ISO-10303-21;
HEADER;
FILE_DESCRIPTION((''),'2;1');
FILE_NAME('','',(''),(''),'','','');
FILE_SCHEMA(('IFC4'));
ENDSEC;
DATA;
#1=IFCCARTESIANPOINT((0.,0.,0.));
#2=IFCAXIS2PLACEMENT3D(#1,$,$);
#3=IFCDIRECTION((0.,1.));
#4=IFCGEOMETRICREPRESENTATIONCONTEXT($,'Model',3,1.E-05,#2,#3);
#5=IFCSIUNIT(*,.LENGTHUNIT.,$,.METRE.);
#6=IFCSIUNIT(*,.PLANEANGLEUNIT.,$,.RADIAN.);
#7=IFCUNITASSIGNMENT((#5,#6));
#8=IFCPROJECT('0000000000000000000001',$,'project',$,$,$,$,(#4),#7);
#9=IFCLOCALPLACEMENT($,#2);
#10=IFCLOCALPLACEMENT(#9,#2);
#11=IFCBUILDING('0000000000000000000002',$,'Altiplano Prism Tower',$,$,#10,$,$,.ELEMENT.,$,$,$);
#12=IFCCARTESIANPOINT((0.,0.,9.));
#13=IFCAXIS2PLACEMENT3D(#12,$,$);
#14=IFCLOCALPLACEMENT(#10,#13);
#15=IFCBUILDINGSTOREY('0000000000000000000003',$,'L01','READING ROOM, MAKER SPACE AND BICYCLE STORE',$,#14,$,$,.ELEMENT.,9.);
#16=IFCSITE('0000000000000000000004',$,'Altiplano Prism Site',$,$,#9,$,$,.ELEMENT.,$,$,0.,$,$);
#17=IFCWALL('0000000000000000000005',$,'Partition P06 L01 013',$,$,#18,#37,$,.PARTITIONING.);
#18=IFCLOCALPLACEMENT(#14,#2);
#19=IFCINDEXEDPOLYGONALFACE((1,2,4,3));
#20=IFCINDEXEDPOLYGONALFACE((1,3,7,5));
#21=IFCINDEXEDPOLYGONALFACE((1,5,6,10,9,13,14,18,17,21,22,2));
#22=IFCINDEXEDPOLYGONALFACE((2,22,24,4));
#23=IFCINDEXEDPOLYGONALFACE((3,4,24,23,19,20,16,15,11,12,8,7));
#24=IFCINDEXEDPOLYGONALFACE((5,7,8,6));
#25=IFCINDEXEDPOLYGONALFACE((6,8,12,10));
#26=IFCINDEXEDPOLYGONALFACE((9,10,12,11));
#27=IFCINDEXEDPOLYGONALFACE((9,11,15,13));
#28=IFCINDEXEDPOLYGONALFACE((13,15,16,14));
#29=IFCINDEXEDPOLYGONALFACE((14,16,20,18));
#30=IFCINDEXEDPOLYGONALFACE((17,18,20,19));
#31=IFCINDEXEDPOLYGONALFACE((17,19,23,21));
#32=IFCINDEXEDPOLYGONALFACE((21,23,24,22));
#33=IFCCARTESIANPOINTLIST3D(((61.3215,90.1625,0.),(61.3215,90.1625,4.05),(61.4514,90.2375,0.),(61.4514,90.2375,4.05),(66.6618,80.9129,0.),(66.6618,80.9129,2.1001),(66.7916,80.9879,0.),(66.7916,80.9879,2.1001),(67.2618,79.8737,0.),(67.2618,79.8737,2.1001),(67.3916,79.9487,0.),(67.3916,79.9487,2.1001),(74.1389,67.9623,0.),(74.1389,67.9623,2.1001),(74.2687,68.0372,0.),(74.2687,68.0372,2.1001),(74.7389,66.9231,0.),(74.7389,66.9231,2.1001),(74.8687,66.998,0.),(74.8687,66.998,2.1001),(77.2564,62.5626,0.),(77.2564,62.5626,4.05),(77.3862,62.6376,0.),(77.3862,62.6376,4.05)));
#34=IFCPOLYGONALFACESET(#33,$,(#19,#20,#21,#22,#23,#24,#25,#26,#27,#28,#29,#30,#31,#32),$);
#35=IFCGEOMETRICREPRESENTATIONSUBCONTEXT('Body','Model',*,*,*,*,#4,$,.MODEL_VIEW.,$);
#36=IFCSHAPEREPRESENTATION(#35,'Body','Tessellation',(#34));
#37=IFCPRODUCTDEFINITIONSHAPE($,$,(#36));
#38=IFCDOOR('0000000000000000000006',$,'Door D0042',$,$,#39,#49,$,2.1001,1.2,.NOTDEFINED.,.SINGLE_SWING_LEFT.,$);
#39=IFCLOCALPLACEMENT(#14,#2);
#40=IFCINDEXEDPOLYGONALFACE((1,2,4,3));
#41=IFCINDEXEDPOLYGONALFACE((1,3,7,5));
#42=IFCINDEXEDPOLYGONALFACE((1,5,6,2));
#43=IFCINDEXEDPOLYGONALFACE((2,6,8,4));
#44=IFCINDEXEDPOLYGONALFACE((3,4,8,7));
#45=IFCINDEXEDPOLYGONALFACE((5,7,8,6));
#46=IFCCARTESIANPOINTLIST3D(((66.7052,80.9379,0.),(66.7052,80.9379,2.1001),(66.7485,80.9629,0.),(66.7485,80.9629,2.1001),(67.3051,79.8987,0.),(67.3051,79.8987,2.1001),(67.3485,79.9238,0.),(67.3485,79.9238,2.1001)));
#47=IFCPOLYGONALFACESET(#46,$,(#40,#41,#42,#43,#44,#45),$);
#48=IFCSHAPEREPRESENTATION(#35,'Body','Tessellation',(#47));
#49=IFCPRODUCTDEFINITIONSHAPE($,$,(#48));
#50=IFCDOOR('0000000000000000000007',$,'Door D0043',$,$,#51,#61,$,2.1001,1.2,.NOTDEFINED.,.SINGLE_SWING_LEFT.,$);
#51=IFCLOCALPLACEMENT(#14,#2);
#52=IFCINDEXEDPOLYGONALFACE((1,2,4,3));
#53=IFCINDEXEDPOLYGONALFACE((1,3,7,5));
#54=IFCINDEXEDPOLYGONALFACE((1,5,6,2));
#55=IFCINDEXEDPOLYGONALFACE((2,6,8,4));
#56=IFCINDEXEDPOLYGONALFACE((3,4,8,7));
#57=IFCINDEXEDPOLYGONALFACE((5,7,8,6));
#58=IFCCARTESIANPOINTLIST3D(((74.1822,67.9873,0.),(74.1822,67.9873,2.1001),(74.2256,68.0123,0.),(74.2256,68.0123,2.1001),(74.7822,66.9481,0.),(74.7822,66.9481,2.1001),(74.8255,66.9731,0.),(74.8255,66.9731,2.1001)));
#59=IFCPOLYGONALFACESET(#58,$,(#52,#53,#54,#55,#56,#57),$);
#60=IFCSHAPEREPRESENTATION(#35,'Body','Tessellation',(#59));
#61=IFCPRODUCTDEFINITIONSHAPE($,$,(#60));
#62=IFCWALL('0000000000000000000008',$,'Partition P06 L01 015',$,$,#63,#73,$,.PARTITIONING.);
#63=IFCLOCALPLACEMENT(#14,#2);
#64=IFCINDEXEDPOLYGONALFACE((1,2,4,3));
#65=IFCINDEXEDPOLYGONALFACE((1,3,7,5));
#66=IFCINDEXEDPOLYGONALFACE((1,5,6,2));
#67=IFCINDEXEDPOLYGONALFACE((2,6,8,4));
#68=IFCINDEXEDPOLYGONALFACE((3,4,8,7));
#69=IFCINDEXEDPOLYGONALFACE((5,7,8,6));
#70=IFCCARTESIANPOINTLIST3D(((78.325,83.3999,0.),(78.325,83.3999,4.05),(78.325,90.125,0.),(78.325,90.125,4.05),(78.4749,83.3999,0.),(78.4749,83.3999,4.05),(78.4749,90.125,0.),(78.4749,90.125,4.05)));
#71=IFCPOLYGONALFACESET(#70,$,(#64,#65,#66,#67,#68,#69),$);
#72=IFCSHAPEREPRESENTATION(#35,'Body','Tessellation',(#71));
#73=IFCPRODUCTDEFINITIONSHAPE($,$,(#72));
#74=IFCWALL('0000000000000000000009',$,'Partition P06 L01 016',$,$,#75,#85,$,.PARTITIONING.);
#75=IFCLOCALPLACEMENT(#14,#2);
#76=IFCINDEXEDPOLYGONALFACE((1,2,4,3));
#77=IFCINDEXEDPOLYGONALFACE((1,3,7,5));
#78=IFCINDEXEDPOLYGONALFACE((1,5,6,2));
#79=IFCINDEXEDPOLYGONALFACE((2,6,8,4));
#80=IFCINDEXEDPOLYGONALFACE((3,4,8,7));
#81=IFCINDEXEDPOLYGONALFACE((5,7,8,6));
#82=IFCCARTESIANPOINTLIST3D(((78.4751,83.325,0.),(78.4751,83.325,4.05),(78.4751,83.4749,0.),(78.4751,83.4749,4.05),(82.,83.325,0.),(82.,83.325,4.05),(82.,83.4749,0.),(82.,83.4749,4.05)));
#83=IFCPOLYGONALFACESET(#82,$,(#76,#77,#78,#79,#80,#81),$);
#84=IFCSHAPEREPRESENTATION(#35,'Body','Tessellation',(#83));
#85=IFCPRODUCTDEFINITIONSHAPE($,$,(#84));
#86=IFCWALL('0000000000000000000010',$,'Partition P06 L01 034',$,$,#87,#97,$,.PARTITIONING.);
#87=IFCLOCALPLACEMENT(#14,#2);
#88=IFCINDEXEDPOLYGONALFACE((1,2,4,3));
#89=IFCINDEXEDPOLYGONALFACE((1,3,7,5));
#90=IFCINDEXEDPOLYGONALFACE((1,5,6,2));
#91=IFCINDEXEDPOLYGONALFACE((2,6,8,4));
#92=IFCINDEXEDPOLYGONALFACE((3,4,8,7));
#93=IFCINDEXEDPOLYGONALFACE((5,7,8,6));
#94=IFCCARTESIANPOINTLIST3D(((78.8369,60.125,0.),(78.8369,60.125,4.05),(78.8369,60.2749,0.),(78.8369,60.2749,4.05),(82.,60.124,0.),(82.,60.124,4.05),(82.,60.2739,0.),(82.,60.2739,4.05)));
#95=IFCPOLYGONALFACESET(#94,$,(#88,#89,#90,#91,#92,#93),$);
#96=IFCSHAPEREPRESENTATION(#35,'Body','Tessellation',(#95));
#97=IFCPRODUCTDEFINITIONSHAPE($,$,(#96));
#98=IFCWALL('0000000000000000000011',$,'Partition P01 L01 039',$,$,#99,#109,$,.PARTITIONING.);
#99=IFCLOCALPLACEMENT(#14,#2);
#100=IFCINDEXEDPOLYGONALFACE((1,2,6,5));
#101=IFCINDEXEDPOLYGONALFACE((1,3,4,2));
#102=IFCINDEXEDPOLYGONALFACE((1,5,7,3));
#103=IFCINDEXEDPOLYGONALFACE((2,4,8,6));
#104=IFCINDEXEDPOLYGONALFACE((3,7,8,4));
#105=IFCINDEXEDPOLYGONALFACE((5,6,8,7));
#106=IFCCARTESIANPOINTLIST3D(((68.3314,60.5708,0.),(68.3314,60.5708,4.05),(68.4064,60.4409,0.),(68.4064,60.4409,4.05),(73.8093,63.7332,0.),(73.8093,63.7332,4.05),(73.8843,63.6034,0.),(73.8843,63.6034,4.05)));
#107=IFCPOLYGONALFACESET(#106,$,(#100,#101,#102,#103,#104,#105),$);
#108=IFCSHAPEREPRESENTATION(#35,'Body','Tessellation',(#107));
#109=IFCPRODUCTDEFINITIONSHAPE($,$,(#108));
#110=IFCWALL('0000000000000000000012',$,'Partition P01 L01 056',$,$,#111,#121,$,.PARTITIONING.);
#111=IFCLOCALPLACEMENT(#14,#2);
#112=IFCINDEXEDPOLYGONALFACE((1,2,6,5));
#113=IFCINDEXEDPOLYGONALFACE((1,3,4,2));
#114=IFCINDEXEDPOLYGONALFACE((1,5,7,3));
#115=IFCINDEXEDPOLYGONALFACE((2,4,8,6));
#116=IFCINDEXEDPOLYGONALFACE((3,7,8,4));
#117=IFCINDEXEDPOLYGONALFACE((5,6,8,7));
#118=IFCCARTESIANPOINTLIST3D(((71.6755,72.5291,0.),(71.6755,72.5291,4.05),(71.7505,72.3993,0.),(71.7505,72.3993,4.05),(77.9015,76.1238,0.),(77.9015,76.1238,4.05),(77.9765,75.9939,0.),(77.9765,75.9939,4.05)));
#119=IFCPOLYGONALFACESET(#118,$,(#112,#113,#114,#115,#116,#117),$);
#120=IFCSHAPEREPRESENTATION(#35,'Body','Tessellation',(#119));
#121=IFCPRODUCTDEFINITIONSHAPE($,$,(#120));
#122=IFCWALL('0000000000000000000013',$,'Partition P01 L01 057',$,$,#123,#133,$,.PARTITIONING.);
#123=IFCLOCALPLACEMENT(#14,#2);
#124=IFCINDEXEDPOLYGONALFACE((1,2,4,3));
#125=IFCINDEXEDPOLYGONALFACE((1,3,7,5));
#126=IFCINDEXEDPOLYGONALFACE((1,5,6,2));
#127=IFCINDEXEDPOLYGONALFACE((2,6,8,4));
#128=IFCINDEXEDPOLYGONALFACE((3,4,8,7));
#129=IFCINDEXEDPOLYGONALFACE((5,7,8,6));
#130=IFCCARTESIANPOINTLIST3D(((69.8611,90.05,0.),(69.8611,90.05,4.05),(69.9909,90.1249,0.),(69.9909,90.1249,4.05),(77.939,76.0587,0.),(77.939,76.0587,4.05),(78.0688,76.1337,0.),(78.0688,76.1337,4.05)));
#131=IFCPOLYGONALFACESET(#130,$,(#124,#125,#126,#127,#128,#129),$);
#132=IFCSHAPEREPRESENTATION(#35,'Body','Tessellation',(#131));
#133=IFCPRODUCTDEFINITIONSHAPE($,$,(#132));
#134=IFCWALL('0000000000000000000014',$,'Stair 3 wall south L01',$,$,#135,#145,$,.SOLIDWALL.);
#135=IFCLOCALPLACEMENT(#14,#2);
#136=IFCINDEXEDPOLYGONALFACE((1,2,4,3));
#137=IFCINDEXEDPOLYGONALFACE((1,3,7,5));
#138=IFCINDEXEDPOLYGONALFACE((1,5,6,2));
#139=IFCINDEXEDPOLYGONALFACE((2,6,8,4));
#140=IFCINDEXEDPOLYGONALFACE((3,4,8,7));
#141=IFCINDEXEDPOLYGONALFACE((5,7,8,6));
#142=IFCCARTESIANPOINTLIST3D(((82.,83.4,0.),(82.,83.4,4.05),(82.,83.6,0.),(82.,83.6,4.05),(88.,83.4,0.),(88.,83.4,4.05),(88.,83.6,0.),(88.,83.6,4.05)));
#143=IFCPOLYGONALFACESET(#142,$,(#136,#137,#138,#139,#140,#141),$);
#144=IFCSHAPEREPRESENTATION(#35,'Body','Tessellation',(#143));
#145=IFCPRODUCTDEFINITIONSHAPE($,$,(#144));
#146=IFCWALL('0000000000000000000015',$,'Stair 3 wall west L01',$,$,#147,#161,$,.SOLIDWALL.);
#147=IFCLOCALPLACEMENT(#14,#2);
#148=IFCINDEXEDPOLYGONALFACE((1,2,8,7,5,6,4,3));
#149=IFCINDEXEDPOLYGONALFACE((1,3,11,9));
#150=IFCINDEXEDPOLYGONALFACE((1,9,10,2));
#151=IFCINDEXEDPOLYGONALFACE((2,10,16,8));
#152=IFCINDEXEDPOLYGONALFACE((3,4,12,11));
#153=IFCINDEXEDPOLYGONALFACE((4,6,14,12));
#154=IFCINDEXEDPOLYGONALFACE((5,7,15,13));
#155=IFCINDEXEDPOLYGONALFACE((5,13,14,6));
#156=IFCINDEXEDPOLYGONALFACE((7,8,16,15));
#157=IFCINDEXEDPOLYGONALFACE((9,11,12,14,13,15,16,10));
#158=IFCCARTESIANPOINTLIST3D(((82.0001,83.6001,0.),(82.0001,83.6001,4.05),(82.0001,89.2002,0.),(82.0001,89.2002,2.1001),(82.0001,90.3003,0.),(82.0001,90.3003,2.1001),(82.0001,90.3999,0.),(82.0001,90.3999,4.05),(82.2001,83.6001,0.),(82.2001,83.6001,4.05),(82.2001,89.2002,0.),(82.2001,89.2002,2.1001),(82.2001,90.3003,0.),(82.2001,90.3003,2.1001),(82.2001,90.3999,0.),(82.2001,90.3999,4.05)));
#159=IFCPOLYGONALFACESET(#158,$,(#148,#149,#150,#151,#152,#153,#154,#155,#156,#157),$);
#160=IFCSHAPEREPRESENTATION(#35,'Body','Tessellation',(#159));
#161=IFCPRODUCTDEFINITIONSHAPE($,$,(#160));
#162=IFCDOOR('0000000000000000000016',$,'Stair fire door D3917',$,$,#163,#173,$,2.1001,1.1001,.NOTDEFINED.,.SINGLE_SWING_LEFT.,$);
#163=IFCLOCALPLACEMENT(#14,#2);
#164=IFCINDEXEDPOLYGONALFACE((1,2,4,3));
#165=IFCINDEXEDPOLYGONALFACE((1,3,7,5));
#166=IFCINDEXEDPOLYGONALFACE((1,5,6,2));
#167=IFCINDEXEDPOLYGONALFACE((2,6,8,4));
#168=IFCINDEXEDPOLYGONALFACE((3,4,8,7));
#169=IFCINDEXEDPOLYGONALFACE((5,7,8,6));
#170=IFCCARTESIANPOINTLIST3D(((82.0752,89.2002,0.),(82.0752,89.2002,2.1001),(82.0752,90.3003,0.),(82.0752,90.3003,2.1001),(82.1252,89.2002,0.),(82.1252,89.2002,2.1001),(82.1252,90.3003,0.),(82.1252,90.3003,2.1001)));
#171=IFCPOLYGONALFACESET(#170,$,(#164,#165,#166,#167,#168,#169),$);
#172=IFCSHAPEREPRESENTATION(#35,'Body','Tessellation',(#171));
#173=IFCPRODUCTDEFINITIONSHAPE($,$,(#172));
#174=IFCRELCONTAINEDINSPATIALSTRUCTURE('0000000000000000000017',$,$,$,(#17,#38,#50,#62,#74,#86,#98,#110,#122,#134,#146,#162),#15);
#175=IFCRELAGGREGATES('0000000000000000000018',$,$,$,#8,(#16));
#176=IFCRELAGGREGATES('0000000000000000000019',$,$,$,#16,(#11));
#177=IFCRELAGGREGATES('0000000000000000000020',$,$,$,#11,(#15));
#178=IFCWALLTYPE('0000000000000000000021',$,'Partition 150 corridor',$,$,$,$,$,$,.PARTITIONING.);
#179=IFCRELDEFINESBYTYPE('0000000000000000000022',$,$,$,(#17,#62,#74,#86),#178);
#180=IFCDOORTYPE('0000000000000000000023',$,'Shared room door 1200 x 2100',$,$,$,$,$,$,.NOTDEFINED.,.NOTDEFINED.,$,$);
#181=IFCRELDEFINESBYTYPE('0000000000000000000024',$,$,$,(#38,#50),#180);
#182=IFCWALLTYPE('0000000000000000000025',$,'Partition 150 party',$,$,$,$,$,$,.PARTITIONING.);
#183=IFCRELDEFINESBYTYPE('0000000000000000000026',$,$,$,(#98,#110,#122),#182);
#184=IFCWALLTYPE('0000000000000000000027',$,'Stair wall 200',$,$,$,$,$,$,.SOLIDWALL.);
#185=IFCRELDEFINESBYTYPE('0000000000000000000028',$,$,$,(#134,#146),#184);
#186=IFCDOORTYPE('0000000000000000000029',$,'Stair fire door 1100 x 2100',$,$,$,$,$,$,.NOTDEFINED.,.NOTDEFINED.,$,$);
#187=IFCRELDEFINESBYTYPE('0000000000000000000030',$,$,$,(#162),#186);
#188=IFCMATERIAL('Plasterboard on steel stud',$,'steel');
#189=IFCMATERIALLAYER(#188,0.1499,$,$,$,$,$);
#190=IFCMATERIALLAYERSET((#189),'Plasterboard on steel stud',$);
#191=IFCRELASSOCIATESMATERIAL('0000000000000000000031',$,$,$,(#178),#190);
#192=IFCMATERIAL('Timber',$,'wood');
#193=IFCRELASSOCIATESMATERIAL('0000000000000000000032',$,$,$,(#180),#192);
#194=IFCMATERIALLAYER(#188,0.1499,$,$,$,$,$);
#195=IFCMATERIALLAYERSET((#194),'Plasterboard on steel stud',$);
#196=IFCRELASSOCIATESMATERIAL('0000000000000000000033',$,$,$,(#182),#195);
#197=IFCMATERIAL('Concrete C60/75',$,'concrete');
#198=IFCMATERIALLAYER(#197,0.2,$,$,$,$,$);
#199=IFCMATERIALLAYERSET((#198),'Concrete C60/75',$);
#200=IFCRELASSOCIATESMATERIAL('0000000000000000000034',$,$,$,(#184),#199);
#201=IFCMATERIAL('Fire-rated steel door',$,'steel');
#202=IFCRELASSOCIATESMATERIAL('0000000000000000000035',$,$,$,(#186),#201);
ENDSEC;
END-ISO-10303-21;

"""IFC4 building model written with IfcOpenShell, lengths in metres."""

from ifc_helpers import new_model, si_unit, direction, frame, frame_2d, origin, place, context, subcontext, project, spatial, rectangle, extrude, material, layer, layer_set, type_object, element, fill, save


model = new_model("IFC4")

# Units and contexts
model_context = context("Model", 3, precision=1e-05, world=origin(), true_north=direction((0.0, 1.0)))
body_context = subcontext(model_context, "Body", "Model", "MODEL_VIEW")
ifc_project = project(units=[si_unit("LENGTHUNIT", "METRE"), si_unit("PLANEANGLEUNIT", "RADIAN")], contexts=[model_context])

# Site, building, storey
site_placement = place(None, origin())
site = spatial("IfcSite", under=ifc_project, at=site_placement, Name="Altiplano Prism Site", CompositionType="ELEMENT", RefElevation=0.0)
building_placement = place(site_placement, origin())
building = spatial("IfcBuilding", under=site, at=building_placement, Name="Altiplano Prism Tower", CompositionType="ELEMENT")
storey_placement = place(building_placement, frame((0.0, 0.0, 9.0)))
storey = spatial("IfcBuildingStorey", under=building, at=storey_placement, Name="L01", Description="READING ROOM, MAKER SPACE AND BICYCLE STORE", CompositionType="ELEMENT", Elevation=9.0)

# Shared definitions
ifc_material_1 = material(Name="Concrete C60/75", Category="concrete")

# Shared definitions
ifc_material_2 = material(Name="Plasterboard on steel stud", Category="steel")

# Wall, openings, doors
ifc_layer_1 = layer(ifc_material_2, 0.1499)
ifc_layer_set_1 = layer_set([ifc_layer_1], Name="Plasterboard on steel stud")
wall_type_1 = type_object("IfcWallType", Name="Partition 150 corridor", PredefinedType="PARTITIONING", material=ifc_layer_set_1)
wall_1_placement = place(storey_placement, frame((77.3213, 62.6001, 0.0), z_axis=(0.0, 0.0, 1.0), x_axis=(-0.500001, 0.866025, 0.0)))
wall_1 = element("IfcWall", 1, at=wall_1_placement, inside=storey, type_object=wall_type_1, Name="Partition P06 L01 013", PredefinedType="PARTITIONING", context=body_context, shape_type="SweptSolid", body=[
    extrude(rectangle(XDim=31.8696, YDim=0.1499, at=frame_2d((15.9348, 0.0))), origin(), (0.0, 0.0, 1.0), 4.05),
])
opening_1_placement = place(wall_1_placement, frame((19.989, 0.0, 0.0)))
opening_1 = element("IfcOpeningElement", 2, at=opening_1_placement, cuts=wall_1, PredefinedType="OPENING", context=body_context, shape_type="SweptSolid", body=[
    extrude(rectangle(XDim=1.2, YDim=2.1001, at=frame_2d((0.6001, 1.05))), frame((0.0, 0.0854, 0.0), z_axis=(0.0, -1.0, 0.0), x_axis=(1.0, 0.0, 0.0)), (0.0, 0.0, 1.0), 0.1709),
])
opening_2_placement = place(wall_1_placement, frame((5.0349, 0.0, 0.0)))
opening_2 = element("IfcOpeningElement", 3, at=opening_2_placement, cuts=wall_1, PredefinedType="OPENING", context=body_context, shape_type="SweptSolid", body=[
    extrude(rectangle(XDim=1.2, YDim=2.1001, at=frame_2d((0.6001, 1.05))), frame((0.0, 0.0854, 0.0), z_axis=(0.0, -1.0, 0.0), x_axis=(1.0, 0.0, 0.0)), (0.0, 0.0, 1.0), 0.1709),
])
ifc_material_3 = material(Name="Timber", Category="wood")
door_type_1 = type_object("IfcDoorType", Name="Shared room door 1200 x 2100", OperationType="NOTDEFINED", PredefinedType="NOTDEFINED", material=ifc_material_3)
door_1_placement = place(opening_1_placement, origin())
door_1 = element("IfcDoor", 4, at=door_1_placement, inside=storey, type_object=door_type_1, Name="Door D0042", OperationType="SINGLE_SWING_LEFT", OverallHeight=2.1001, OverallWidth=1.2, PredefinedType="NOTDEFINED", context=body_context, shape_type="SweptSolid", body=[
    extrude(rectangle(XDim=1.2, YDim=2.1001, at=frame_2d((0.6001, 1.05))), frame((0.0, 0.0249, 0.0), z_axis=(0.0, -1.0, 0.0), x_axis=(1.0, 0.0, 0.0)), (0.0, 0.0, 1.0), 0.05),
])
fill(opening_1, door_1)
door_2_placement = place(opening_2_placement, origin())
door_2 = element("IfcDoor", 5, at=door_2_placement, inside=storey, type_object=door_type_1, Name="Door D0043", OperationType="SINGLE_SWING_LEFT", OverallHeight=2.1001, OverallWidth=1.2, PredefinedType="NOTDEFINED", context=body_context, shape_type="SweptSolid", body=[
    extrude(rectangle(XDim=1.2, YDim=2.1001, at=frame_2d((0.6001, 1.05))), frame((0.0, 0.0249, 0.0), z_axis=(0.0, -1.0, 0.0), x_axis=(1.0, 0.0, 0.0)), (0.0, 0.0, 1.0), 0.05),
])
fill(opening_2, door_2)

# Walls
wall_2_placement = place(storey_placement, frame((78.3999, 90.125, 0.0), z_axis=(0.0, 0.0, 1.0), x_axis=(0.0, -1.0, 0.0)))
element("IfcWall", 6, at=wall_2_placement, inside=storey, type_object=wall_type_1, Name="Partition P06 L01 015", PredefinedType="PARTITIONING", context=body_context, shape_type="SweptSolid", body=[
    extrude(rectangle(XDim=6.7251, YDim=0.1499, at=frame_2d((3.3625, 0.0))), origin(), (0.0, 0.0, 1.0), 4.05),
])
wall_3_placement = place(storey_placement, frame((78.4751, 83.3999, 0.0), z_axis=(0.0, 0.0, 1.0), x_axis=(1.0, 0.0, 0.0)))
element("IfcWall", 7, at=wall_3_placement, inside=storey, type_object=wall_type_1, Name="Partition P06 L01 016", PredefinedType="PARTITIONING", context=body_context, shape_type="SweptSolid", body=[
    extrude(rectangle(XDim=3.5249, YDim=0.1499, at=frame_2d((1.7625, 0.0))), origin(), (0.0, 0.0, 1.0), 4.05),
])
wall_4_placement = place(storey_placement, frame((78.8369, 60.2, 0.0), z_axis=(0.0, 0.0, 1.0), x_axis=(1.0, -0.000309, 0.0)))
element("IfcWall", 8, at=wall_4_placement, inside=storey, type_object=wall_type_1, Name="Partition P06 L01 034", PredefinedType="PARTITIONING", context=body_context, shape_type="SweptSolid", body=[
    extrude(rectangle(XDim=3.1631, YDim=0.1499, at=frame_2d((1.5815, 0.0))), origin(), (0.0, 0.0, 1.0), 4.05),
])
ifc_layer_2 = layer(ifc_material_2, 0.1499)
ifc_layer_set_2 = layer_set([ifc_layer_2], Name="Plasterboard on steel stud")
wall_type_2 = type_object("IfcWallType", Name="Partition 150 party", PredefinedType="PARTITIONING", material=ifc_layer_set_2)
wall_5_placement = place(storey_placement, frame((68.3689, 60.5059, 0.0), z_axis=(0.0, 0.0, 1.0), x_axis=(0.866042, 0.499971, 0.0)))
element("IfcWall", 9, at=wall_5_placement, inside=storey, type_object=wall_type_2, Name="Partition P01 L01 039", PredefinedType="PARTITIONING", context=body_context, shape_type="SweptSolid", body=[
    extrude(rectangle(XDim=6.3252, YDim=0.1499, at=frame_2d((3.1626, 0.0))), origin(), (0.0, 0.0, 1.0), 4.05),
])
wall_6_placement = place(storey_placement, frame((71.7129, 72.4641, 0.0), z_axis=(0.0, 0.0, 1.0), x_axis=(0.866019, 0.500011, 0.0)))
element("IfcWall", 10, at=wall_6_placement, inside=storey, type_object=wall_type_2, Name="Partition P01 L01 056", PredefinedType="PARTITIONING", context=body_context, shape_type="SweptSolid", body=[
    extrude(rectangle(XDim=7.1892, YDim=0.1499, at=frame_2d((3.5947, 0.0))), origin(), (0.0, 0.0, 1.0), 4.05),
])
wall_7_placement = place(storey_placement, frame((78.0039, 76.0962, 0.0), z_axis=(0.0, 0.0, 1.0), x_axis=(-0.500002, 0.866024, 0.0)))
element("IfcWall", 11, at=wall_7_placement, inside=storey, type_object=wall_type_2, Name="Partition P01 L01 057", PredefinedType="PARTITIONING", context=body_context, shape_type="SweptSolid", body=[
    extrude(rectangle(XDim=16.1558, YDim=0.1499, at=frame_2d((8.0779, 0.0))), origin(), (0.0, 0.0, 1.0), 4.05),
])
ifc_layer_3 = layer(ifc_material_1, 0.2)
ifc_layer_set_3 = layer_set([ifc_layer_3], Name="Concrete C60/75")
wall_type_3 = type_object("IfcWallType", Name="Stair wall 200", PredefinedType="SOLIDWALL", material=ifc_layer_set_3)
wall_8_placement = place(storey_placement, frame((82.0, 83.5, 0.0), z_axis=(0.0, 0.0, 1.0), x_axis=(1.0, 0.0, 0.0)))
element("IfcWall", 12, at=wall_8_placement, inside=storey, type_object=wall_type_3, Name="Stair 3 wall south L01", PredefinedType="SOLIDWALL", context=body_context, shape_type="SweptSolid", body=[
    extrude(rectangle(XDim=6.0, YDim=0.2, at=frame_2d((3.0, 0.0))), origin(), (0.0, 0.0, 1.0), 4.05),
])

# Wall, opening, door
wall_9_placement = place(storey_placement, frame((82.1001, 83.6001, 0.0), z_axis=(0.0, 0.0, 1.0), x_axis=(0.0, 1.0, 0.0)))
wall_9 = element("IfcWall", 13, at=wall_9_placement, inside=storey, type_object=wall_type_3, Name="Stair 3 wall west L01", PredefinedType="SOLIDWALL", context=body_context, shape_type="SweptSolid", body=[
    extrude(rectangle(XDim=6.7998, YDim=0.2, at=frame_2d((3.3999, 0.0))), origin(), (0.0, 0.0, 1.0), 4.05),
])
opening_3_placement = place(wall_9_placement, frame((5.6001, 0.0, 0.0)))
opening_3 = element("IfcOpeningElement", 14, at=opening_3_placement, cuts=wall_9, PredefinedType="OPENING", context=body_context, shape_type="SweptSolid", body=[
    extrude(rectangle(XDim=1.1001, YDim=2.1001, at=frame_2d((0.55, 1.05))), frame((0.0, 0.1104, 0.0), z_axis=(0.0, -1.0, 0.0), x_axis=(1.0, 0.0, 0.0)), (0.0, 0.0, 1.0), 0.2209),
])
ifc_material_4 = material(Name="Fire-rated steel door", Category="steel")
door_type_2 = type_object("IfcDoorType", Name="Stair fire door 1100 x 2100", OperationType="NOTDEFINED", PredefinedType="NOTDEFINED", material=ifc_material_4)
door_3_placement = place(opening_3_placement, origin())
door_3 = element("IfcDoor", 15, at=door_3_placement, inside=storey, type_object=door_type_2, Name="Stair fire door D3917", OperationType="SINGLE_SWING_LEFT", OverallHeight=2.1001, OverallWidth=1.1001, PredefinedType="NOTDEFINED", context=body_context, shape_type="SweptSolid", body=[
    extrude(rectangle(XDim=1.1001, YDim=2.1001, at=frame_2d((0.55, 1.05))), frame((0.0, 0.0249, 0.0), z_axis=(0.0, -1.0, 0.0), x_axis=(1.0, 0.0, 0.0)), (0.0, 0.0, 1.0), 0.05),
])
fill(opening_3, door_3)

save(model, "model.ifc")
